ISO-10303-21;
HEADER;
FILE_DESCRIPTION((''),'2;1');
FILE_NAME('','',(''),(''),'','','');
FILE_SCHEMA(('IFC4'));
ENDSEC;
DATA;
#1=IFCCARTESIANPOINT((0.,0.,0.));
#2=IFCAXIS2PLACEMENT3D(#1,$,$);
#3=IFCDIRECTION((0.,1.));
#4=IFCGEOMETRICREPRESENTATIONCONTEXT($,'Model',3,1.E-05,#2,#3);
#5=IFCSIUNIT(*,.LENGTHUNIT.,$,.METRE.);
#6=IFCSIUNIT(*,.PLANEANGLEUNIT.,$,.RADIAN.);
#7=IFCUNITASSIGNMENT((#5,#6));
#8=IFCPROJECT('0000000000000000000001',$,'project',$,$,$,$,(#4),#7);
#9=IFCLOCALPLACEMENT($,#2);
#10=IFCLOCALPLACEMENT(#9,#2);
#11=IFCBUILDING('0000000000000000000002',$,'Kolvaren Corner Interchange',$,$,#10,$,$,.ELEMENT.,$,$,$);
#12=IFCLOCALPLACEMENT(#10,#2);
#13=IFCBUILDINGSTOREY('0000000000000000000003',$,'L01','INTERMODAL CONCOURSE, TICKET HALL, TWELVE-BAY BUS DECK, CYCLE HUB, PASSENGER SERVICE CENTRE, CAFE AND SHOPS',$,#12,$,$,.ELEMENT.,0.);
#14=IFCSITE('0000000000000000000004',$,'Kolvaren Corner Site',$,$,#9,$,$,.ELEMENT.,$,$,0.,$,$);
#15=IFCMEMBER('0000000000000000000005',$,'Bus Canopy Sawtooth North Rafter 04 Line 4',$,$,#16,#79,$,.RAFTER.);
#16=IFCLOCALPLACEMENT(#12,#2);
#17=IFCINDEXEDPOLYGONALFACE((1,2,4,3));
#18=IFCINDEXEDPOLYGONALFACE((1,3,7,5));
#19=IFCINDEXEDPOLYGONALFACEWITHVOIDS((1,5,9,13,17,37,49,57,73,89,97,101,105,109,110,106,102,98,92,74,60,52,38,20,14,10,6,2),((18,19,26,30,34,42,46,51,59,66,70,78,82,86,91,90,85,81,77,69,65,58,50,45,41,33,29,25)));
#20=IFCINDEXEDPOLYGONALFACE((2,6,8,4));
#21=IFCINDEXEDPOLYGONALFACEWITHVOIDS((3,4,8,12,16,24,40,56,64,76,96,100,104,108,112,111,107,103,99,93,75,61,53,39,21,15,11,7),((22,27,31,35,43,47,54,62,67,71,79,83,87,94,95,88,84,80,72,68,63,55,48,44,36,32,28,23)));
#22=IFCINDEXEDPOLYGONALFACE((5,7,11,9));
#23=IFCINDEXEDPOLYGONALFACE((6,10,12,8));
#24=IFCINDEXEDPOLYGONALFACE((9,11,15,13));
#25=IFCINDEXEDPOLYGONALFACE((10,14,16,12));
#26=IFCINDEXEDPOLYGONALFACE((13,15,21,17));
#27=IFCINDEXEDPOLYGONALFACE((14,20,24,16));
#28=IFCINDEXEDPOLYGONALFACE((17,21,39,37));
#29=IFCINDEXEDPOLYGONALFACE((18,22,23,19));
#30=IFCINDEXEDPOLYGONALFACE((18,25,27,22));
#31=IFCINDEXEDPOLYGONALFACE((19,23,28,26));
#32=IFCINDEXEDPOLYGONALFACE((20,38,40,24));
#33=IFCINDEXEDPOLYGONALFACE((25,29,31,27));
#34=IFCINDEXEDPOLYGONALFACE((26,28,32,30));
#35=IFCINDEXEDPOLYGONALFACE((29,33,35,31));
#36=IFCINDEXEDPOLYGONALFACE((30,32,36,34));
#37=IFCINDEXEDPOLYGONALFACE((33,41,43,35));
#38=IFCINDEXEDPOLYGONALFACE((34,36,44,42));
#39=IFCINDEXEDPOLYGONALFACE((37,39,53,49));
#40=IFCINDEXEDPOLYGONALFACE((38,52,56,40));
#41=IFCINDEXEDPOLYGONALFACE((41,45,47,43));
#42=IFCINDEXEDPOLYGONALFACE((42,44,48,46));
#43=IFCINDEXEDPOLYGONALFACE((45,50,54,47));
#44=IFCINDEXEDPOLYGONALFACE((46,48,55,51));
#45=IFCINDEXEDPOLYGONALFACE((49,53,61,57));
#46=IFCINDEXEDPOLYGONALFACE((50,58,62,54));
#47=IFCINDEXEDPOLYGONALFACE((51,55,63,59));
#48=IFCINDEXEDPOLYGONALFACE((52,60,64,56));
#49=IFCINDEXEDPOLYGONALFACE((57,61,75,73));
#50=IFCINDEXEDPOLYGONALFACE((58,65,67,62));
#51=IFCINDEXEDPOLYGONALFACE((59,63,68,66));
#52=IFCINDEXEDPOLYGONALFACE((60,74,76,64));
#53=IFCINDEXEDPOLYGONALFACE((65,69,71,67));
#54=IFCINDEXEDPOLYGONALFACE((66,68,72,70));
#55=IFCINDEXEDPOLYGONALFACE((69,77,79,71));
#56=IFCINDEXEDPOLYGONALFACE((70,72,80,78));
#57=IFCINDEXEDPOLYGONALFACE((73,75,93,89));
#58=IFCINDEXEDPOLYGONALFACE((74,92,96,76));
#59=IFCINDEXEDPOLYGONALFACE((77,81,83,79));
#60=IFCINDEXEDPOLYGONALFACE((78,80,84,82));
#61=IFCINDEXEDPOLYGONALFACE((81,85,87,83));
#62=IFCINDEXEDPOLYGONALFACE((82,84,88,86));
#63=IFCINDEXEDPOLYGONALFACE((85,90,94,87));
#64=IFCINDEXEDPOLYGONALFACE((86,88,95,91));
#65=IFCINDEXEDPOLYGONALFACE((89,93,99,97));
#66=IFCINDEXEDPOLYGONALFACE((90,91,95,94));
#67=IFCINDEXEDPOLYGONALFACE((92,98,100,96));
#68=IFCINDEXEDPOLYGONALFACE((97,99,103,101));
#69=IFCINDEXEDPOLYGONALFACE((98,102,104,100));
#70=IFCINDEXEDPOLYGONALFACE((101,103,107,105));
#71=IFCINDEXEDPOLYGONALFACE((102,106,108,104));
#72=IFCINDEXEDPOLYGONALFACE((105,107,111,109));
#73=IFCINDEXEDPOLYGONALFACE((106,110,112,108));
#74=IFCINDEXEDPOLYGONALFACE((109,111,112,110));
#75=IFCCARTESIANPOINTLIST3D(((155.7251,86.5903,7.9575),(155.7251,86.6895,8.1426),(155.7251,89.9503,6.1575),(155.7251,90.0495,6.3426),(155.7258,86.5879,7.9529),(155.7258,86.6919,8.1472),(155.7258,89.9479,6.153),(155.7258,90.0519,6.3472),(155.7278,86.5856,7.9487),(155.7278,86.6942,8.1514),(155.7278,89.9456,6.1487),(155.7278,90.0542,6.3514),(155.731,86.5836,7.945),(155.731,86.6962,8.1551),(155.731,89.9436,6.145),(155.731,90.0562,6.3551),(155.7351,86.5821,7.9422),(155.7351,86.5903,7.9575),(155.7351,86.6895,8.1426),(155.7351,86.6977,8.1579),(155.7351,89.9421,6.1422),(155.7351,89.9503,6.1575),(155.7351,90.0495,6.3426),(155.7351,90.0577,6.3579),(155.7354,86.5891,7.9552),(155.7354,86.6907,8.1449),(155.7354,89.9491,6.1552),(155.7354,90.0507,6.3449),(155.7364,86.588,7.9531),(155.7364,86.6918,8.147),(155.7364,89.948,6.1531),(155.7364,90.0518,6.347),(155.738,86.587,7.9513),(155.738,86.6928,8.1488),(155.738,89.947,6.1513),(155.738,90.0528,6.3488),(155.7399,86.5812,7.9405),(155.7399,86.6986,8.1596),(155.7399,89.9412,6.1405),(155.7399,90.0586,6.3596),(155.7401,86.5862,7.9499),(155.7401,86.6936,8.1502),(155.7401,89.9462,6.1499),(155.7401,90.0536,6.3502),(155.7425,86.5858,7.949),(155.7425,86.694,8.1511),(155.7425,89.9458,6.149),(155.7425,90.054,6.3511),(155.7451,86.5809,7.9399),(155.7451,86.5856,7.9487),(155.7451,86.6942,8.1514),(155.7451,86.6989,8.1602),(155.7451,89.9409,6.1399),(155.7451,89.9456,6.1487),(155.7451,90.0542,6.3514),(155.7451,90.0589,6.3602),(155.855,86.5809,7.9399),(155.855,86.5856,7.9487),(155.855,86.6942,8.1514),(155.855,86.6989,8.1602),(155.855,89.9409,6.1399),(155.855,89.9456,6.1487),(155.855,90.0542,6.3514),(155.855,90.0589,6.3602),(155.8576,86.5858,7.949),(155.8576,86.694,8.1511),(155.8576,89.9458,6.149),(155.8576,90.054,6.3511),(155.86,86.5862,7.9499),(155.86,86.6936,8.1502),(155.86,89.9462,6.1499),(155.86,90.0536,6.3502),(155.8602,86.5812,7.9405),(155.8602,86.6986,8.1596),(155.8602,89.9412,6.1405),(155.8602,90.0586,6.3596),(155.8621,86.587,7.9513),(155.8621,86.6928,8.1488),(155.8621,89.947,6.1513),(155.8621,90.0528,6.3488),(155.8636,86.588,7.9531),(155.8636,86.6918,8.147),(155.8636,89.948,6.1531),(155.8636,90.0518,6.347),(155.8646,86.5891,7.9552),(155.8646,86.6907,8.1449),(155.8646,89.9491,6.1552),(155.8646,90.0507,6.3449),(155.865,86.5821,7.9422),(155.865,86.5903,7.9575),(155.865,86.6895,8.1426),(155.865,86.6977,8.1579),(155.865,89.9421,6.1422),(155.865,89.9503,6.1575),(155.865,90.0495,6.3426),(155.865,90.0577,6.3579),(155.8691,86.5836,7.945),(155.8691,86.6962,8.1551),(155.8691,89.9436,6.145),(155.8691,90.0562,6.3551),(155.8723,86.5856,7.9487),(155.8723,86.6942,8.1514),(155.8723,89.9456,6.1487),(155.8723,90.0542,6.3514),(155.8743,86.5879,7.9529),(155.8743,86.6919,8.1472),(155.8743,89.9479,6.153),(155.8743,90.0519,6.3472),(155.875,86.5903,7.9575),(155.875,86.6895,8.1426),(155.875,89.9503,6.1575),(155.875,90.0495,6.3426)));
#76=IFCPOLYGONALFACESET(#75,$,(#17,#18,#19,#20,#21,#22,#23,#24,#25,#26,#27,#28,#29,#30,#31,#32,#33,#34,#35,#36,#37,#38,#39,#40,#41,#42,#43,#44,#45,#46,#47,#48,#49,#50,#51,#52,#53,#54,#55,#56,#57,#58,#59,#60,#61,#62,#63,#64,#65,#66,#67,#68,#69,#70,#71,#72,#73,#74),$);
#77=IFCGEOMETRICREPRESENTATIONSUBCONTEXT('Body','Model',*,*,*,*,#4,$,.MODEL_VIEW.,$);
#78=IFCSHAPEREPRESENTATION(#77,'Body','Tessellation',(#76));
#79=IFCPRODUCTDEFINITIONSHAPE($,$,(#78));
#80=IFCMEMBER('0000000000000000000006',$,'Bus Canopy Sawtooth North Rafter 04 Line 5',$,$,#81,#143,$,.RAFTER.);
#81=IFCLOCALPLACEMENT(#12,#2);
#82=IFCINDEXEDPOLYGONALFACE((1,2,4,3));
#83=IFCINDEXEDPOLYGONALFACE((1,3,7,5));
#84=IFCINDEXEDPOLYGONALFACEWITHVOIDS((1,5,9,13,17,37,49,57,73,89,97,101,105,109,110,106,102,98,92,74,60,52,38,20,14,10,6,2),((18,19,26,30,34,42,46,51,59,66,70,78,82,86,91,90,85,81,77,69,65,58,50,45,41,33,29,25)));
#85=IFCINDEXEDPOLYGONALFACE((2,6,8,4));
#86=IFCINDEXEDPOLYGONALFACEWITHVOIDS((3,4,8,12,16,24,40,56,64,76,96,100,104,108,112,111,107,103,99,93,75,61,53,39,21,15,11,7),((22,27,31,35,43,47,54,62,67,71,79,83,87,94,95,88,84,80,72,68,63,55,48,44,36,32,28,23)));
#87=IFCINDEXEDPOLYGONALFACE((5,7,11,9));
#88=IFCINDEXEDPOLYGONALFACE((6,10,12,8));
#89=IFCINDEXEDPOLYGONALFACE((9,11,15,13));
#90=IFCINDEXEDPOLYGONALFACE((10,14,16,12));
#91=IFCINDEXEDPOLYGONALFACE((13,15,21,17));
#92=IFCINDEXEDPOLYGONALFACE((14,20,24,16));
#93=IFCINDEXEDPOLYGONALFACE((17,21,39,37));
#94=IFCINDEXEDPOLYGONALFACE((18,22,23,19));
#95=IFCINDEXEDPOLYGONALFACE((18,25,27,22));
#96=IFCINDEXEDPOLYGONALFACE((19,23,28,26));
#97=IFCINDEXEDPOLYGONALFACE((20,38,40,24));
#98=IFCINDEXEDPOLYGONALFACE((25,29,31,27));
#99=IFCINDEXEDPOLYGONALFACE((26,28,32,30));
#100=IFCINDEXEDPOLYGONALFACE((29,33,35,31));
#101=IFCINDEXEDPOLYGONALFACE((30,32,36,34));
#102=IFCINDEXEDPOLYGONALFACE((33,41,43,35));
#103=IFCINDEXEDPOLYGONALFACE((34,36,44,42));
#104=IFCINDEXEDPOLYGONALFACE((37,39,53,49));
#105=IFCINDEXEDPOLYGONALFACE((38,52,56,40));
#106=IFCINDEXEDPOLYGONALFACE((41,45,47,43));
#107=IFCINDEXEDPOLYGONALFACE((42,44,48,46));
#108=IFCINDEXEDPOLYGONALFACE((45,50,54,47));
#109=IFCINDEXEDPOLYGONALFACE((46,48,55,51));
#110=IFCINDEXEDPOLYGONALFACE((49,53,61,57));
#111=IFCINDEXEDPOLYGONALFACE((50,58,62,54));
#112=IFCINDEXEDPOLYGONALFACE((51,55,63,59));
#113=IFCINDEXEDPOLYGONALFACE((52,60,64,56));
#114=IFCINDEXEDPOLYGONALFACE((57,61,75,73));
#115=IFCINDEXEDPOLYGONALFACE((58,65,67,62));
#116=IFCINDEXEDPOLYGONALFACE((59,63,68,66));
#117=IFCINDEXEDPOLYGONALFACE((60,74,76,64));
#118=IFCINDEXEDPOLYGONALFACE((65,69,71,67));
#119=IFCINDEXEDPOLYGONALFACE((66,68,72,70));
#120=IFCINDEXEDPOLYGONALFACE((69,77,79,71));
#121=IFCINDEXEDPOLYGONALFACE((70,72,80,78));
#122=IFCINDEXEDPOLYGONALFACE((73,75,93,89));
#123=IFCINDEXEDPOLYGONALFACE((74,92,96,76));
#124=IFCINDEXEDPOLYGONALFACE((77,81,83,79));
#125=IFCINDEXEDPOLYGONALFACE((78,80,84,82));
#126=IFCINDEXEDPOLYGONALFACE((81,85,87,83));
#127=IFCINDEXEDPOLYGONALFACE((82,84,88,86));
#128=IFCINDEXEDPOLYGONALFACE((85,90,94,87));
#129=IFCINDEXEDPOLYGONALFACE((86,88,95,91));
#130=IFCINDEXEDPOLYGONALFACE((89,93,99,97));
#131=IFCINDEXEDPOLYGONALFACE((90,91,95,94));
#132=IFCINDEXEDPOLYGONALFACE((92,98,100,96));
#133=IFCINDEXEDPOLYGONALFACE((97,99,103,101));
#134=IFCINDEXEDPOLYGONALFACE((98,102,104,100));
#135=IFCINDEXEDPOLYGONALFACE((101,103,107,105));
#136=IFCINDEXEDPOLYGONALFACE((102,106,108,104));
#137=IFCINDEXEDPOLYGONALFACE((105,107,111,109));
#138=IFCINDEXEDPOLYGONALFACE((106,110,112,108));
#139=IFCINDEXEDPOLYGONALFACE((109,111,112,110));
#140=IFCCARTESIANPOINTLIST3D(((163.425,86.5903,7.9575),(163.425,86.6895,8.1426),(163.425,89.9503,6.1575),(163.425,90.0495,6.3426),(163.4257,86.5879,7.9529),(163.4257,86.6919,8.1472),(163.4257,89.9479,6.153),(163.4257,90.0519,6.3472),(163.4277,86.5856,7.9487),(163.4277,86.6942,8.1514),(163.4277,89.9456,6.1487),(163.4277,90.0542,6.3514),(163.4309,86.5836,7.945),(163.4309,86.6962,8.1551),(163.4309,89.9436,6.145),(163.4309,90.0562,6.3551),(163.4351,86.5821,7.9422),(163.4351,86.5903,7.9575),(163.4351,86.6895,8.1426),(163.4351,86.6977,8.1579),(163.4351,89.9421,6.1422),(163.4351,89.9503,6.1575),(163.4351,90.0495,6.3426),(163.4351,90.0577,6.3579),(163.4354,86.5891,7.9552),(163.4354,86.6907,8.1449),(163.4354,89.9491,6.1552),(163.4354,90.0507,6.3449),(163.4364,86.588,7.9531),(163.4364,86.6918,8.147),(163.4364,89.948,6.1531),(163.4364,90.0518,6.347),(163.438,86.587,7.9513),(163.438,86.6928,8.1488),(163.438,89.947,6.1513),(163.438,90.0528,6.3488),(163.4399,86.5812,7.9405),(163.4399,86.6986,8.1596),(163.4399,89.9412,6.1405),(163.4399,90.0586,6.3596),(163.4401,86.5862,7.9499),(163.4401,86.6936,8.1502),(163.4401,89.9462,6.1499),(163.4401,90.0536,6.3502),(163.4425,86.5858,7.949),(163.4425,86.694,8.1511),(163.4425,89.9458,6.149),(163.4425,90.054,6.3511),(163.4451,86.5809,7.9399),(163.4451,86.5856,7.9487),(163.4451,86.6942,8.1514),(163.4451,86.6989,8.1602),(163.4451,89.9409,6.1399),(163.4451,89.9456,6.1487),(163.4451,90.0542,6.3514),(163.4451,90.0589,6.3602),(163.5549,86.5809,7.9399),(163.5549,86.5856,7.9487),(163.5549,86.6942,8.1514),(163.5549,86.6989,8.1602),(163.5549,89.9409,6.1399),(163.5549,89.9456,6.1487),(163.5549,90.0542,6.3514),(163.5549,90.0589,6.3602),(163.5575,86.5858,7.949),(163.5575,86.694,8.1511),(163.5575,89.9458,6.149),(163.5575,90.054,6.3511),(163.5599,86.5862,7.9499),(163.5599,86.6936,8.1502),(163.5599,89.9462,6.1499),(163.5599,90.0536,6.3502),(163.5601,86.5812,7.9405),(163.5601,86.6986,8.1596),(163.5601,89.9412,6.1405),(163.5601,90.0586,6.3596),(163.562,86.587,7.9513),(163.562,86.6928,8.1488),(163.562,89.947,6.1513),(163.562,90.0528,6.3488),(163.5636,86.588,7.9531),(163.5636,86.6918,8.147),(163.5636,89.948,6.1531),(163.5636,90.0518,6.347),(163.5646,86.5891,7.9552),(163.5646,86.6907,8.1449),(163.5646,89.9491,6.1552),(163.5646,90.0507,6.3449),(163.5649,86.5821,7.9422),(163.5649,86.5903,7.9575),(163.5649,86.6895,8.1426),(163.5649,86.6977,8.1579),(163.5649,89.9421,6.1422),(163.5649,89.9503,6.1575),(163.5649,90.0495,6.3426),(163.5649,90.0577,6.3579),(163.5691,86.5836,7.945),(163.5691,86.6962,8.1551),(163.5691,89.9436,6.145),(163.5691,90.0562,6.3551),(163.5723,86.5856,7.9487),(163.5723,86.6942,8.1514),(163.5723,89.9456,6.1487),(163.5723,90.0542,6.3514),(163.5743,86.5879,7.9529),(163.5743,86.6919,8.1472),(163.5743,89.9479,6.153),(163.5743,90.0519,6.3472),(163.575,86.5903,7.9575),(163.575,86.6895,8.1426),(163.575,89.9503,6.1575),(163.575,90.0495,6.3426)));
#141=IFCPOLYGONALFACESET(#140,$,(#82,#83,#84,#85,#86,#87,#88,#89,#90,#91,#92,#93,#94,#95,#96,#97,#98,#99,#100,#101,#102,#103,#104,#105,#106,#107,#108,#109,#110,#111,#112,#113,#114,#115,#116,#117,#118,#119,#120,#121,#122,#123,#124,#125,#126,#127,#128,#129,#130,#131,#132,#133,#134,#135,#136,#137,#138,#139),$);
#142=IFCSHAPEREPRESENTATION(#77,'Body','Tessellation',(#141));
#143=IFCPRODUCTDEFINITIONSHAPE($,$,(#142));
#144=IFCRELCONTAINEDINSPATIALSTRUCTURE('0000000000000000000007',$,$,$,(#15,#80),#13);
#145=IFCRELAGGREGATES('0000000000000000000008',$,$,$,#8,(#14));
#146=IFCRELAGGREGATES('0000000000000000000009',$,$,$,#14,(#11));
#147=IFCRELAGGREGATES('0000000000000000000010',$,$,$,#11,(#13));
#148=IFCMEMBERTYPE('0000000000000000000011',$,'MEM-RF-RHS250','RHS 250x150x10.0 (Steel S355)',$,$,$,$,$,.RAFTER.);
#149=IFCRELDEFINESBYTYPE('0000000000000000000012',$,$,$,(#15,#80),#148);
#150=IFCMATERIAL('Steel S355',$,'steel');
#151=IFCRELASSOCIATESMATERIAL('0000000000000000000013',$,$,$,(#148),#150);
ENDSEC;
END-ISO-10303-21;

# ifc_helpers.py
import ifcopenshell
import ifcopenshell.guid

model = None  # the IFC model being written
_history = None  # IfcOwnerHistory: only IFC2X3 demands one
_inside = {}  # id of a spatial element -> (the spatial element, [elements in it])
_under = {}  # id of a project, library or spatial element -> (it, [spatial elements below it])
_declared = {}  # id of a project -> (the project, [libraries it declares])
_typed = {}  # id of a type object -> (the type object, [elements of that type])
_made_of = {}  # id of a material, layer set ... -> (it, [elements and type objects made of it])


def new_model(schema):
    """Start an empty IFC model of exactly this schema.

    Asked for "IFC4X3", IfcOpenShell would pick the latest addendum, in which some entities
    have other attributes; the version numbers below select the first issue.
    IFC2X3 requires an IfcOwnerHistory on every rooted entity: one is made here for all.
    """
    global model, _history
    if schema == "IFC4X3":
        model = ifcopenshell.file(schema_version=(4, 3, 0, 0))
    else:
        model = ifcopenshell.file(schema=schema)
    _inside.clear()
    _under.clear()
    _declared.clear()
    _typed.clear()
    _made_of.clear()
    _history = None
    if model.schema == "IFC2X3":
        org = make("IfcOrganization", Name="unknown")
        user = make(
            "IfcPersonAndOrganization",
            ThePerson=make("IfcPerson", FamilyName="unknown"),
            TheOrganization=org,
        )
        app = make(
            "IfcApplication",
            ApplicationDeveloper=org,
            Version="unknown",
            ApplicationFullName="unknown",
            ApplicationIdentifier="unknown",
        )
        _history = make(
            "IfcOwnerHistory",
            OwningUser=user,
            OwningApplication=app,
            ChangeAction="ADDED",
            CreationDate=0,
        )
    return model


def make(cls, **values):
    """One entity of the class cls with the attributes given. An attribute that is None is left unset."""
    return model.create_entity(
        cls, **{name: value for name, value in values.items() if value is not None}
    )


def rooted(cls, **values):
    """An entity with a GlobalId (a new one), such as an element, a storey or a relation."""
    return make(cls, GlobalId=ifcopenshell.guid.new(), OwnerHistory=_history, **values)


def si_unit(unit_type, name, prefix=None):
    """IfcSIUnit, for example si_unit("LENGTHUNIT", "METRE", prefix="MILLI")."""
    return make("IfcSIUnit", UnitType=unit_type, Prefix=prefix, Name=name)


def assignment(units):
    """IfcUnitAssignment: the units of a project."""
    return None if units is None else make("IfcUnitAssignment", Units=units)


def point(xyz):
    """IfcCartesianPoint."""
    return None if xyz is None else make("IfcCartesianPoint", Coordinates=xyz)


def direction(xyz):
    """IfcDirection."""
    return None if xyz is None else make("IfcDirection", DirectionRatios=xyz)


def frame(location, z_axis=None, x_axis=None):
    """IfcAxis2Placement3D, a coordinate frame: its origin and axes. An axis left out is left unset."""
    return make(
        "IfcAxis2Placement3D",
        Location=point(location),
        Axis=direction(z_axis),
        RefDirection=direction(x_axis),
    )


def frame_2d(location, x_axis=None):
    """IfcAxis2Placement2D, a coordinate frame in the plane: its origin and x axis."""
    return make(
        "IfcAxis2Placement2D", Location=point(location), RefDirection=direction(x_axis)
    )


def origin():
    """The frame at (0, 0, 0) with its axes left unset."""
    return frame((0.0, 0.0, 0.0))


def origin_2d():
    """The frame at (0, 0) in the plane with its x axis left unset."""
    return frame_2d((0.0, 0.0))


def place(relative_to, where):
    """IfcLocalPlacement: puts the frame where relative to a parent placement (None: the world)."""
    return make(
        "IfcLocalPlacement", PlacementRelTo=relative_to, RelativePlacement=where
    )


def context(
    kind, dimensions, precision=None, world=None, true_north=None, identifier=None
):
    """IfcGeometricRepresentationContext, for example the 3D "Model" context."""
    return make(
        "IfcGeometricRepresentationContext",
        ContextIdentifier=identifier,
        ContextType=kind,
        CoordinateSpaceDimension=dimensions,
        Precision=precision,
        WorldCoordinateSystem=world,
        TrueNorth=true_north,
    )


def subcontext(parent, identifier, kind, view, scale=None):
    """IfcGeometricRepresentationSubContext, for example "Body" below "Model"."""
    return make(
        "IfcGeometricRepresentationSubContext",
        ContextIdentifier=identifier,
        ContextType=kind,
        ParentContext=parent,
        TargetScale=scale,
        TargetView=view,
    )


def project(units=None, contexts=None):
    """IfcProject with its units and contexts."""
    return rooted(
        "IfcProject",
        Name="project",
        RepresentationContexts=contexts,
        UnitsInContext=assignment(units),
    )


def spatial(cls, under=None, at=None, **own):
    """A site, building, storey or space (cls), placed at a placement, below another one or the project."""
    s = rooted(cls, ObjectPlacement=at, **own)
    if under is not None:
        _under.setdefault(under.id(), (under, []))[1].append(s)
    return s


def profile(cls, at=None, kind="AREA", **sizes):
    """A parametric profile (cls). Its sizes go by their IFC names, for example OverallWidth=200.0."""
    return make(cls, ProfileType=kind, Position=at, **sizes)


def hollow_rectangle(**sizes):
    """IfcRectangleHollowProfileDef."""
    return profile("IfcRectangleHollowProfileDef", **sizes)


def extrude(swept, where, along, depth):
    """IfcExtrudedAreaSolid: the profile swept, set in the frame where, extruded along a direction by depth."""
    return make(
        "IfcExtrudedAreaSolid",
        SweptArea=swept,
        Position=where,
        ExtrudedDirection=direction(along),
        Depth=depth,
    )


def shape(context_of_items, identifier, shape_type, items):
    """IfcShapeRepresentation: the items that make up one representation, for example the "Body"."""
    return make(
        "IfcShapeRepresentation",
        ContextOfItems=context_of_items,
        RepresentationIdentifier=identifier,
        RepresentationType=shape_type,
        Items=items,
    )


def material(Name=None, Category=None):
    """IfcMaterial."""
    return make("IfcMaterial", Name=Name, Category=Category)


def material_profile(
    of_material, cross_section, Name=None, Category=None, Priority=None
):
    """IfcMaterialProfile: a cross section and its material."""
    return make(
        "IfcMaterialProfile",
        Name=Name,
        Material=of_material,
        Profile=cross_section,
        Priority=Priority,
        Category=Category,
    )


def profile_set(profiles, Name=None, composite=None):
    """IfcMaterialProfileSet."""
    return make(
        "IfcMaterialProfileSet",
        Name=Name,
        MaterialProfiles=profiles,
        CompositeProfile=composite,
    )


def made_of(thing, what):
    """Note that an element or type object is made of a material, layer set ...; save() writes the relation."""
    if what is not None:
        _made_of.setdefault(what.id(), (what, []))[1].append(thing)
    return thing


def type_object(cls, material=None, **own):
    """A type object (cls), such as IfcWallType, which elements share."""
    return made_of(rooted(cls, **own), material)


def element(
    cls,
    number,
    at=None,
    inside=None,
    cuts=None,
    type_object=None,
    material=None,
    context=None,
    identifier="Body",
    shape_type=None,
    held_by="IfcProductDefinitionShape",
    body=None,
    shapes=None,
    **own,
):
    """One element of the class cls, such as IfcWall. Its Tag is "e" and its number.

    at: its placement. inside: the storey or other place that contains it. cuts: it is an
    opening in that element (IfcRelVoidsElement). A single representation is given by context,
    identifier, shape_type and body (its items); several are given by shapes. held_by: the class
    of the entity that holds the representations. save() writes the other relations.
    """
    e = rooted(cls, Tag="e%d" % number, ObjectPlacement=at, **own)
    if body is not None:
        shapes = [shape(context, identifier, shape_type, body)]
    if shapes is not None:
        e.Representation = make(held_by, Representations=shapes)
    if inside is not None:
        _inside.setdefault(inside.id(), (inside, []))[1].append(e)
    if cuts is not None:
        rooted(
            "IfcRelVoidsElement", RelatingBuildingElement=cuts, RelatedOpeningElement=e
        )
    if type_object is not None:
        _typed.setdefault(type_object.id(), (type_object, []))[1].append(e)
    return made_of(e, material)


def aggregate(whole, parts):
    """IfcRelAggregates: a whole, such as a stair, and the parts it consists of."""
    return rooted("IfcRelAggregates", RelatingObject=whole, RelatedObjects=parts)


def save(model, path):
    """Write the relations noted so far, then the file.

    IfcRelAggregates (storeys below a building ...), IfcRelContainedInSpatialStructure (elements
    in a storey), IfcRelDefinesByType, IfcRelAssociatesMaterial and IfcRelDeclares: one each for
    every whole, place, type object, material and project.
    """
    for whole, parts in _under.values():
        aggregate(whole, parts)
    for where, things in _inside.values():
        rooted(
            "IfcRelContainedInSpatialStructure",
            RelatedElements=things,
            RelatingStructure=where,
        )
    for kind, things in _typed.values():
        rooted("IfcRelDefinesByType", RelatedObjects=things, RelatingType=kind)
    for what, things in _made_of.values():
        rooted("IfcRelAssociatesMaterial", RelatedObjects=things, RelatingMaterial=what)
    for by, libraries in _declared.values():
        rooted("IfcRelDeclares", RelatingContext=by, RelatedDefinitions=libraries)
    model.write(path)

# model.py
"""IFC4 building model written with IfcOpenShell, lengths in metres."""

from ifc_helpers import new_model, si_unit, direction, frame, origin, origin_2d, place, context, subcontext, project, spatial, hollow_rectangle, extrude, material, material_profile, profile_set, type_object, element, save


model = new_model("IFC4")

# Units and contexts
model_context = context("Model", 3, precision=1e-05, world=origin(), true_north=direction((0.0, 1.0)))
body_context = subcontext(model_context, "Body", "Model", "MODEL_VIEW")
ifc_project = project(units=[si_unit("LENGTHUNIT", "METRE"), si_unit("PLANEANGLEUNIT", "RADIAN")], contexts=[model_context])

# Site, building, storey
site_placement = place(None, origin())
site = spatial("IfcSite", under=ifc_project, at=site_placement, Name="Kolvaren Corner Site", CompositionType="ELEMENT", RefElevation=0.0)
building_placement = place(site_placement, origin())
building = spatial("IfcBuilding", under=site, at=building_placement, Name="Kolvaren Corner Interchange", CompositionType="ELEMENT")
storey_placement = place(building_placement, origin())
storey = spatial("IfcBuildingStorey", under=building, at=storey_placement, Name="L01", Description="INTERMODAL CONCOURSE, TICKET HALL, TWELVE-BAY BUS DECK, CYCLE HUB, PASSENGER SERVICE CENTRE, CAFE AND SHOPS", CompositionType="ELEMENT", Elevation=0.0)

# Members
ifc_material_1 = material(Name="Steel S355", Category="steel")
ifc_material_profile_1 = material_profile(ifc_material_1, hollow_rectangle(XDim=0.1499, YDim=0.25, WallThickness=0.01, InnerFilletRadius=0.01, OuterFilletRadius=0.02, at=origin_2d()), Name="RHS 250x150x10.0")
ifc_profile_set_1 = profile_set([ifc_material_profile_1], Name="Steel S355")
member_type_1 = type_object("IfcMemberType", Name="MEM-RF-RHS250", Description="RHS 250x150x10.0 (Steel S355)", PredefinedType="RAFTER", material=ifc_profile_set_1)
for number, where, z_axis, x_axis, name in (
    (1, (155.8, 86.6399, 8.05), (0.0, 0.881481, -0.47222), (-1.0, 0.0, 0.0), "Bus Canopy Sawtooth North Rafter 04 Line 4"),
    (2, (163.5, 86.6399, 8.05), (0.0, 0.881481, -0.47222), (-1.0, 0.0, 0.0), "Bus Canopy Sawtooth North Rafter 04 Line 5"),
):
    element("IfcMember", number, at=place(storey_placement, frame(where, z_axis=z_axis, x_axis=x_axis)), inside=storey, type_object=member_type_1, Name=name, PredefinedType="RAFTER", context=body_context, shape_type="SweptSolid", body=[
        extrude(hollow_rectangle(XDim=0.1499, YDim=0.25, WallThickness=0.01, InnerFilletRadius=0.01, OuterFilletRadius=0.02, at=origin_2d()), origin(), (0.0, 0.0, 1.0), 3.8118),
    ])

save(model, "model.ifc")
